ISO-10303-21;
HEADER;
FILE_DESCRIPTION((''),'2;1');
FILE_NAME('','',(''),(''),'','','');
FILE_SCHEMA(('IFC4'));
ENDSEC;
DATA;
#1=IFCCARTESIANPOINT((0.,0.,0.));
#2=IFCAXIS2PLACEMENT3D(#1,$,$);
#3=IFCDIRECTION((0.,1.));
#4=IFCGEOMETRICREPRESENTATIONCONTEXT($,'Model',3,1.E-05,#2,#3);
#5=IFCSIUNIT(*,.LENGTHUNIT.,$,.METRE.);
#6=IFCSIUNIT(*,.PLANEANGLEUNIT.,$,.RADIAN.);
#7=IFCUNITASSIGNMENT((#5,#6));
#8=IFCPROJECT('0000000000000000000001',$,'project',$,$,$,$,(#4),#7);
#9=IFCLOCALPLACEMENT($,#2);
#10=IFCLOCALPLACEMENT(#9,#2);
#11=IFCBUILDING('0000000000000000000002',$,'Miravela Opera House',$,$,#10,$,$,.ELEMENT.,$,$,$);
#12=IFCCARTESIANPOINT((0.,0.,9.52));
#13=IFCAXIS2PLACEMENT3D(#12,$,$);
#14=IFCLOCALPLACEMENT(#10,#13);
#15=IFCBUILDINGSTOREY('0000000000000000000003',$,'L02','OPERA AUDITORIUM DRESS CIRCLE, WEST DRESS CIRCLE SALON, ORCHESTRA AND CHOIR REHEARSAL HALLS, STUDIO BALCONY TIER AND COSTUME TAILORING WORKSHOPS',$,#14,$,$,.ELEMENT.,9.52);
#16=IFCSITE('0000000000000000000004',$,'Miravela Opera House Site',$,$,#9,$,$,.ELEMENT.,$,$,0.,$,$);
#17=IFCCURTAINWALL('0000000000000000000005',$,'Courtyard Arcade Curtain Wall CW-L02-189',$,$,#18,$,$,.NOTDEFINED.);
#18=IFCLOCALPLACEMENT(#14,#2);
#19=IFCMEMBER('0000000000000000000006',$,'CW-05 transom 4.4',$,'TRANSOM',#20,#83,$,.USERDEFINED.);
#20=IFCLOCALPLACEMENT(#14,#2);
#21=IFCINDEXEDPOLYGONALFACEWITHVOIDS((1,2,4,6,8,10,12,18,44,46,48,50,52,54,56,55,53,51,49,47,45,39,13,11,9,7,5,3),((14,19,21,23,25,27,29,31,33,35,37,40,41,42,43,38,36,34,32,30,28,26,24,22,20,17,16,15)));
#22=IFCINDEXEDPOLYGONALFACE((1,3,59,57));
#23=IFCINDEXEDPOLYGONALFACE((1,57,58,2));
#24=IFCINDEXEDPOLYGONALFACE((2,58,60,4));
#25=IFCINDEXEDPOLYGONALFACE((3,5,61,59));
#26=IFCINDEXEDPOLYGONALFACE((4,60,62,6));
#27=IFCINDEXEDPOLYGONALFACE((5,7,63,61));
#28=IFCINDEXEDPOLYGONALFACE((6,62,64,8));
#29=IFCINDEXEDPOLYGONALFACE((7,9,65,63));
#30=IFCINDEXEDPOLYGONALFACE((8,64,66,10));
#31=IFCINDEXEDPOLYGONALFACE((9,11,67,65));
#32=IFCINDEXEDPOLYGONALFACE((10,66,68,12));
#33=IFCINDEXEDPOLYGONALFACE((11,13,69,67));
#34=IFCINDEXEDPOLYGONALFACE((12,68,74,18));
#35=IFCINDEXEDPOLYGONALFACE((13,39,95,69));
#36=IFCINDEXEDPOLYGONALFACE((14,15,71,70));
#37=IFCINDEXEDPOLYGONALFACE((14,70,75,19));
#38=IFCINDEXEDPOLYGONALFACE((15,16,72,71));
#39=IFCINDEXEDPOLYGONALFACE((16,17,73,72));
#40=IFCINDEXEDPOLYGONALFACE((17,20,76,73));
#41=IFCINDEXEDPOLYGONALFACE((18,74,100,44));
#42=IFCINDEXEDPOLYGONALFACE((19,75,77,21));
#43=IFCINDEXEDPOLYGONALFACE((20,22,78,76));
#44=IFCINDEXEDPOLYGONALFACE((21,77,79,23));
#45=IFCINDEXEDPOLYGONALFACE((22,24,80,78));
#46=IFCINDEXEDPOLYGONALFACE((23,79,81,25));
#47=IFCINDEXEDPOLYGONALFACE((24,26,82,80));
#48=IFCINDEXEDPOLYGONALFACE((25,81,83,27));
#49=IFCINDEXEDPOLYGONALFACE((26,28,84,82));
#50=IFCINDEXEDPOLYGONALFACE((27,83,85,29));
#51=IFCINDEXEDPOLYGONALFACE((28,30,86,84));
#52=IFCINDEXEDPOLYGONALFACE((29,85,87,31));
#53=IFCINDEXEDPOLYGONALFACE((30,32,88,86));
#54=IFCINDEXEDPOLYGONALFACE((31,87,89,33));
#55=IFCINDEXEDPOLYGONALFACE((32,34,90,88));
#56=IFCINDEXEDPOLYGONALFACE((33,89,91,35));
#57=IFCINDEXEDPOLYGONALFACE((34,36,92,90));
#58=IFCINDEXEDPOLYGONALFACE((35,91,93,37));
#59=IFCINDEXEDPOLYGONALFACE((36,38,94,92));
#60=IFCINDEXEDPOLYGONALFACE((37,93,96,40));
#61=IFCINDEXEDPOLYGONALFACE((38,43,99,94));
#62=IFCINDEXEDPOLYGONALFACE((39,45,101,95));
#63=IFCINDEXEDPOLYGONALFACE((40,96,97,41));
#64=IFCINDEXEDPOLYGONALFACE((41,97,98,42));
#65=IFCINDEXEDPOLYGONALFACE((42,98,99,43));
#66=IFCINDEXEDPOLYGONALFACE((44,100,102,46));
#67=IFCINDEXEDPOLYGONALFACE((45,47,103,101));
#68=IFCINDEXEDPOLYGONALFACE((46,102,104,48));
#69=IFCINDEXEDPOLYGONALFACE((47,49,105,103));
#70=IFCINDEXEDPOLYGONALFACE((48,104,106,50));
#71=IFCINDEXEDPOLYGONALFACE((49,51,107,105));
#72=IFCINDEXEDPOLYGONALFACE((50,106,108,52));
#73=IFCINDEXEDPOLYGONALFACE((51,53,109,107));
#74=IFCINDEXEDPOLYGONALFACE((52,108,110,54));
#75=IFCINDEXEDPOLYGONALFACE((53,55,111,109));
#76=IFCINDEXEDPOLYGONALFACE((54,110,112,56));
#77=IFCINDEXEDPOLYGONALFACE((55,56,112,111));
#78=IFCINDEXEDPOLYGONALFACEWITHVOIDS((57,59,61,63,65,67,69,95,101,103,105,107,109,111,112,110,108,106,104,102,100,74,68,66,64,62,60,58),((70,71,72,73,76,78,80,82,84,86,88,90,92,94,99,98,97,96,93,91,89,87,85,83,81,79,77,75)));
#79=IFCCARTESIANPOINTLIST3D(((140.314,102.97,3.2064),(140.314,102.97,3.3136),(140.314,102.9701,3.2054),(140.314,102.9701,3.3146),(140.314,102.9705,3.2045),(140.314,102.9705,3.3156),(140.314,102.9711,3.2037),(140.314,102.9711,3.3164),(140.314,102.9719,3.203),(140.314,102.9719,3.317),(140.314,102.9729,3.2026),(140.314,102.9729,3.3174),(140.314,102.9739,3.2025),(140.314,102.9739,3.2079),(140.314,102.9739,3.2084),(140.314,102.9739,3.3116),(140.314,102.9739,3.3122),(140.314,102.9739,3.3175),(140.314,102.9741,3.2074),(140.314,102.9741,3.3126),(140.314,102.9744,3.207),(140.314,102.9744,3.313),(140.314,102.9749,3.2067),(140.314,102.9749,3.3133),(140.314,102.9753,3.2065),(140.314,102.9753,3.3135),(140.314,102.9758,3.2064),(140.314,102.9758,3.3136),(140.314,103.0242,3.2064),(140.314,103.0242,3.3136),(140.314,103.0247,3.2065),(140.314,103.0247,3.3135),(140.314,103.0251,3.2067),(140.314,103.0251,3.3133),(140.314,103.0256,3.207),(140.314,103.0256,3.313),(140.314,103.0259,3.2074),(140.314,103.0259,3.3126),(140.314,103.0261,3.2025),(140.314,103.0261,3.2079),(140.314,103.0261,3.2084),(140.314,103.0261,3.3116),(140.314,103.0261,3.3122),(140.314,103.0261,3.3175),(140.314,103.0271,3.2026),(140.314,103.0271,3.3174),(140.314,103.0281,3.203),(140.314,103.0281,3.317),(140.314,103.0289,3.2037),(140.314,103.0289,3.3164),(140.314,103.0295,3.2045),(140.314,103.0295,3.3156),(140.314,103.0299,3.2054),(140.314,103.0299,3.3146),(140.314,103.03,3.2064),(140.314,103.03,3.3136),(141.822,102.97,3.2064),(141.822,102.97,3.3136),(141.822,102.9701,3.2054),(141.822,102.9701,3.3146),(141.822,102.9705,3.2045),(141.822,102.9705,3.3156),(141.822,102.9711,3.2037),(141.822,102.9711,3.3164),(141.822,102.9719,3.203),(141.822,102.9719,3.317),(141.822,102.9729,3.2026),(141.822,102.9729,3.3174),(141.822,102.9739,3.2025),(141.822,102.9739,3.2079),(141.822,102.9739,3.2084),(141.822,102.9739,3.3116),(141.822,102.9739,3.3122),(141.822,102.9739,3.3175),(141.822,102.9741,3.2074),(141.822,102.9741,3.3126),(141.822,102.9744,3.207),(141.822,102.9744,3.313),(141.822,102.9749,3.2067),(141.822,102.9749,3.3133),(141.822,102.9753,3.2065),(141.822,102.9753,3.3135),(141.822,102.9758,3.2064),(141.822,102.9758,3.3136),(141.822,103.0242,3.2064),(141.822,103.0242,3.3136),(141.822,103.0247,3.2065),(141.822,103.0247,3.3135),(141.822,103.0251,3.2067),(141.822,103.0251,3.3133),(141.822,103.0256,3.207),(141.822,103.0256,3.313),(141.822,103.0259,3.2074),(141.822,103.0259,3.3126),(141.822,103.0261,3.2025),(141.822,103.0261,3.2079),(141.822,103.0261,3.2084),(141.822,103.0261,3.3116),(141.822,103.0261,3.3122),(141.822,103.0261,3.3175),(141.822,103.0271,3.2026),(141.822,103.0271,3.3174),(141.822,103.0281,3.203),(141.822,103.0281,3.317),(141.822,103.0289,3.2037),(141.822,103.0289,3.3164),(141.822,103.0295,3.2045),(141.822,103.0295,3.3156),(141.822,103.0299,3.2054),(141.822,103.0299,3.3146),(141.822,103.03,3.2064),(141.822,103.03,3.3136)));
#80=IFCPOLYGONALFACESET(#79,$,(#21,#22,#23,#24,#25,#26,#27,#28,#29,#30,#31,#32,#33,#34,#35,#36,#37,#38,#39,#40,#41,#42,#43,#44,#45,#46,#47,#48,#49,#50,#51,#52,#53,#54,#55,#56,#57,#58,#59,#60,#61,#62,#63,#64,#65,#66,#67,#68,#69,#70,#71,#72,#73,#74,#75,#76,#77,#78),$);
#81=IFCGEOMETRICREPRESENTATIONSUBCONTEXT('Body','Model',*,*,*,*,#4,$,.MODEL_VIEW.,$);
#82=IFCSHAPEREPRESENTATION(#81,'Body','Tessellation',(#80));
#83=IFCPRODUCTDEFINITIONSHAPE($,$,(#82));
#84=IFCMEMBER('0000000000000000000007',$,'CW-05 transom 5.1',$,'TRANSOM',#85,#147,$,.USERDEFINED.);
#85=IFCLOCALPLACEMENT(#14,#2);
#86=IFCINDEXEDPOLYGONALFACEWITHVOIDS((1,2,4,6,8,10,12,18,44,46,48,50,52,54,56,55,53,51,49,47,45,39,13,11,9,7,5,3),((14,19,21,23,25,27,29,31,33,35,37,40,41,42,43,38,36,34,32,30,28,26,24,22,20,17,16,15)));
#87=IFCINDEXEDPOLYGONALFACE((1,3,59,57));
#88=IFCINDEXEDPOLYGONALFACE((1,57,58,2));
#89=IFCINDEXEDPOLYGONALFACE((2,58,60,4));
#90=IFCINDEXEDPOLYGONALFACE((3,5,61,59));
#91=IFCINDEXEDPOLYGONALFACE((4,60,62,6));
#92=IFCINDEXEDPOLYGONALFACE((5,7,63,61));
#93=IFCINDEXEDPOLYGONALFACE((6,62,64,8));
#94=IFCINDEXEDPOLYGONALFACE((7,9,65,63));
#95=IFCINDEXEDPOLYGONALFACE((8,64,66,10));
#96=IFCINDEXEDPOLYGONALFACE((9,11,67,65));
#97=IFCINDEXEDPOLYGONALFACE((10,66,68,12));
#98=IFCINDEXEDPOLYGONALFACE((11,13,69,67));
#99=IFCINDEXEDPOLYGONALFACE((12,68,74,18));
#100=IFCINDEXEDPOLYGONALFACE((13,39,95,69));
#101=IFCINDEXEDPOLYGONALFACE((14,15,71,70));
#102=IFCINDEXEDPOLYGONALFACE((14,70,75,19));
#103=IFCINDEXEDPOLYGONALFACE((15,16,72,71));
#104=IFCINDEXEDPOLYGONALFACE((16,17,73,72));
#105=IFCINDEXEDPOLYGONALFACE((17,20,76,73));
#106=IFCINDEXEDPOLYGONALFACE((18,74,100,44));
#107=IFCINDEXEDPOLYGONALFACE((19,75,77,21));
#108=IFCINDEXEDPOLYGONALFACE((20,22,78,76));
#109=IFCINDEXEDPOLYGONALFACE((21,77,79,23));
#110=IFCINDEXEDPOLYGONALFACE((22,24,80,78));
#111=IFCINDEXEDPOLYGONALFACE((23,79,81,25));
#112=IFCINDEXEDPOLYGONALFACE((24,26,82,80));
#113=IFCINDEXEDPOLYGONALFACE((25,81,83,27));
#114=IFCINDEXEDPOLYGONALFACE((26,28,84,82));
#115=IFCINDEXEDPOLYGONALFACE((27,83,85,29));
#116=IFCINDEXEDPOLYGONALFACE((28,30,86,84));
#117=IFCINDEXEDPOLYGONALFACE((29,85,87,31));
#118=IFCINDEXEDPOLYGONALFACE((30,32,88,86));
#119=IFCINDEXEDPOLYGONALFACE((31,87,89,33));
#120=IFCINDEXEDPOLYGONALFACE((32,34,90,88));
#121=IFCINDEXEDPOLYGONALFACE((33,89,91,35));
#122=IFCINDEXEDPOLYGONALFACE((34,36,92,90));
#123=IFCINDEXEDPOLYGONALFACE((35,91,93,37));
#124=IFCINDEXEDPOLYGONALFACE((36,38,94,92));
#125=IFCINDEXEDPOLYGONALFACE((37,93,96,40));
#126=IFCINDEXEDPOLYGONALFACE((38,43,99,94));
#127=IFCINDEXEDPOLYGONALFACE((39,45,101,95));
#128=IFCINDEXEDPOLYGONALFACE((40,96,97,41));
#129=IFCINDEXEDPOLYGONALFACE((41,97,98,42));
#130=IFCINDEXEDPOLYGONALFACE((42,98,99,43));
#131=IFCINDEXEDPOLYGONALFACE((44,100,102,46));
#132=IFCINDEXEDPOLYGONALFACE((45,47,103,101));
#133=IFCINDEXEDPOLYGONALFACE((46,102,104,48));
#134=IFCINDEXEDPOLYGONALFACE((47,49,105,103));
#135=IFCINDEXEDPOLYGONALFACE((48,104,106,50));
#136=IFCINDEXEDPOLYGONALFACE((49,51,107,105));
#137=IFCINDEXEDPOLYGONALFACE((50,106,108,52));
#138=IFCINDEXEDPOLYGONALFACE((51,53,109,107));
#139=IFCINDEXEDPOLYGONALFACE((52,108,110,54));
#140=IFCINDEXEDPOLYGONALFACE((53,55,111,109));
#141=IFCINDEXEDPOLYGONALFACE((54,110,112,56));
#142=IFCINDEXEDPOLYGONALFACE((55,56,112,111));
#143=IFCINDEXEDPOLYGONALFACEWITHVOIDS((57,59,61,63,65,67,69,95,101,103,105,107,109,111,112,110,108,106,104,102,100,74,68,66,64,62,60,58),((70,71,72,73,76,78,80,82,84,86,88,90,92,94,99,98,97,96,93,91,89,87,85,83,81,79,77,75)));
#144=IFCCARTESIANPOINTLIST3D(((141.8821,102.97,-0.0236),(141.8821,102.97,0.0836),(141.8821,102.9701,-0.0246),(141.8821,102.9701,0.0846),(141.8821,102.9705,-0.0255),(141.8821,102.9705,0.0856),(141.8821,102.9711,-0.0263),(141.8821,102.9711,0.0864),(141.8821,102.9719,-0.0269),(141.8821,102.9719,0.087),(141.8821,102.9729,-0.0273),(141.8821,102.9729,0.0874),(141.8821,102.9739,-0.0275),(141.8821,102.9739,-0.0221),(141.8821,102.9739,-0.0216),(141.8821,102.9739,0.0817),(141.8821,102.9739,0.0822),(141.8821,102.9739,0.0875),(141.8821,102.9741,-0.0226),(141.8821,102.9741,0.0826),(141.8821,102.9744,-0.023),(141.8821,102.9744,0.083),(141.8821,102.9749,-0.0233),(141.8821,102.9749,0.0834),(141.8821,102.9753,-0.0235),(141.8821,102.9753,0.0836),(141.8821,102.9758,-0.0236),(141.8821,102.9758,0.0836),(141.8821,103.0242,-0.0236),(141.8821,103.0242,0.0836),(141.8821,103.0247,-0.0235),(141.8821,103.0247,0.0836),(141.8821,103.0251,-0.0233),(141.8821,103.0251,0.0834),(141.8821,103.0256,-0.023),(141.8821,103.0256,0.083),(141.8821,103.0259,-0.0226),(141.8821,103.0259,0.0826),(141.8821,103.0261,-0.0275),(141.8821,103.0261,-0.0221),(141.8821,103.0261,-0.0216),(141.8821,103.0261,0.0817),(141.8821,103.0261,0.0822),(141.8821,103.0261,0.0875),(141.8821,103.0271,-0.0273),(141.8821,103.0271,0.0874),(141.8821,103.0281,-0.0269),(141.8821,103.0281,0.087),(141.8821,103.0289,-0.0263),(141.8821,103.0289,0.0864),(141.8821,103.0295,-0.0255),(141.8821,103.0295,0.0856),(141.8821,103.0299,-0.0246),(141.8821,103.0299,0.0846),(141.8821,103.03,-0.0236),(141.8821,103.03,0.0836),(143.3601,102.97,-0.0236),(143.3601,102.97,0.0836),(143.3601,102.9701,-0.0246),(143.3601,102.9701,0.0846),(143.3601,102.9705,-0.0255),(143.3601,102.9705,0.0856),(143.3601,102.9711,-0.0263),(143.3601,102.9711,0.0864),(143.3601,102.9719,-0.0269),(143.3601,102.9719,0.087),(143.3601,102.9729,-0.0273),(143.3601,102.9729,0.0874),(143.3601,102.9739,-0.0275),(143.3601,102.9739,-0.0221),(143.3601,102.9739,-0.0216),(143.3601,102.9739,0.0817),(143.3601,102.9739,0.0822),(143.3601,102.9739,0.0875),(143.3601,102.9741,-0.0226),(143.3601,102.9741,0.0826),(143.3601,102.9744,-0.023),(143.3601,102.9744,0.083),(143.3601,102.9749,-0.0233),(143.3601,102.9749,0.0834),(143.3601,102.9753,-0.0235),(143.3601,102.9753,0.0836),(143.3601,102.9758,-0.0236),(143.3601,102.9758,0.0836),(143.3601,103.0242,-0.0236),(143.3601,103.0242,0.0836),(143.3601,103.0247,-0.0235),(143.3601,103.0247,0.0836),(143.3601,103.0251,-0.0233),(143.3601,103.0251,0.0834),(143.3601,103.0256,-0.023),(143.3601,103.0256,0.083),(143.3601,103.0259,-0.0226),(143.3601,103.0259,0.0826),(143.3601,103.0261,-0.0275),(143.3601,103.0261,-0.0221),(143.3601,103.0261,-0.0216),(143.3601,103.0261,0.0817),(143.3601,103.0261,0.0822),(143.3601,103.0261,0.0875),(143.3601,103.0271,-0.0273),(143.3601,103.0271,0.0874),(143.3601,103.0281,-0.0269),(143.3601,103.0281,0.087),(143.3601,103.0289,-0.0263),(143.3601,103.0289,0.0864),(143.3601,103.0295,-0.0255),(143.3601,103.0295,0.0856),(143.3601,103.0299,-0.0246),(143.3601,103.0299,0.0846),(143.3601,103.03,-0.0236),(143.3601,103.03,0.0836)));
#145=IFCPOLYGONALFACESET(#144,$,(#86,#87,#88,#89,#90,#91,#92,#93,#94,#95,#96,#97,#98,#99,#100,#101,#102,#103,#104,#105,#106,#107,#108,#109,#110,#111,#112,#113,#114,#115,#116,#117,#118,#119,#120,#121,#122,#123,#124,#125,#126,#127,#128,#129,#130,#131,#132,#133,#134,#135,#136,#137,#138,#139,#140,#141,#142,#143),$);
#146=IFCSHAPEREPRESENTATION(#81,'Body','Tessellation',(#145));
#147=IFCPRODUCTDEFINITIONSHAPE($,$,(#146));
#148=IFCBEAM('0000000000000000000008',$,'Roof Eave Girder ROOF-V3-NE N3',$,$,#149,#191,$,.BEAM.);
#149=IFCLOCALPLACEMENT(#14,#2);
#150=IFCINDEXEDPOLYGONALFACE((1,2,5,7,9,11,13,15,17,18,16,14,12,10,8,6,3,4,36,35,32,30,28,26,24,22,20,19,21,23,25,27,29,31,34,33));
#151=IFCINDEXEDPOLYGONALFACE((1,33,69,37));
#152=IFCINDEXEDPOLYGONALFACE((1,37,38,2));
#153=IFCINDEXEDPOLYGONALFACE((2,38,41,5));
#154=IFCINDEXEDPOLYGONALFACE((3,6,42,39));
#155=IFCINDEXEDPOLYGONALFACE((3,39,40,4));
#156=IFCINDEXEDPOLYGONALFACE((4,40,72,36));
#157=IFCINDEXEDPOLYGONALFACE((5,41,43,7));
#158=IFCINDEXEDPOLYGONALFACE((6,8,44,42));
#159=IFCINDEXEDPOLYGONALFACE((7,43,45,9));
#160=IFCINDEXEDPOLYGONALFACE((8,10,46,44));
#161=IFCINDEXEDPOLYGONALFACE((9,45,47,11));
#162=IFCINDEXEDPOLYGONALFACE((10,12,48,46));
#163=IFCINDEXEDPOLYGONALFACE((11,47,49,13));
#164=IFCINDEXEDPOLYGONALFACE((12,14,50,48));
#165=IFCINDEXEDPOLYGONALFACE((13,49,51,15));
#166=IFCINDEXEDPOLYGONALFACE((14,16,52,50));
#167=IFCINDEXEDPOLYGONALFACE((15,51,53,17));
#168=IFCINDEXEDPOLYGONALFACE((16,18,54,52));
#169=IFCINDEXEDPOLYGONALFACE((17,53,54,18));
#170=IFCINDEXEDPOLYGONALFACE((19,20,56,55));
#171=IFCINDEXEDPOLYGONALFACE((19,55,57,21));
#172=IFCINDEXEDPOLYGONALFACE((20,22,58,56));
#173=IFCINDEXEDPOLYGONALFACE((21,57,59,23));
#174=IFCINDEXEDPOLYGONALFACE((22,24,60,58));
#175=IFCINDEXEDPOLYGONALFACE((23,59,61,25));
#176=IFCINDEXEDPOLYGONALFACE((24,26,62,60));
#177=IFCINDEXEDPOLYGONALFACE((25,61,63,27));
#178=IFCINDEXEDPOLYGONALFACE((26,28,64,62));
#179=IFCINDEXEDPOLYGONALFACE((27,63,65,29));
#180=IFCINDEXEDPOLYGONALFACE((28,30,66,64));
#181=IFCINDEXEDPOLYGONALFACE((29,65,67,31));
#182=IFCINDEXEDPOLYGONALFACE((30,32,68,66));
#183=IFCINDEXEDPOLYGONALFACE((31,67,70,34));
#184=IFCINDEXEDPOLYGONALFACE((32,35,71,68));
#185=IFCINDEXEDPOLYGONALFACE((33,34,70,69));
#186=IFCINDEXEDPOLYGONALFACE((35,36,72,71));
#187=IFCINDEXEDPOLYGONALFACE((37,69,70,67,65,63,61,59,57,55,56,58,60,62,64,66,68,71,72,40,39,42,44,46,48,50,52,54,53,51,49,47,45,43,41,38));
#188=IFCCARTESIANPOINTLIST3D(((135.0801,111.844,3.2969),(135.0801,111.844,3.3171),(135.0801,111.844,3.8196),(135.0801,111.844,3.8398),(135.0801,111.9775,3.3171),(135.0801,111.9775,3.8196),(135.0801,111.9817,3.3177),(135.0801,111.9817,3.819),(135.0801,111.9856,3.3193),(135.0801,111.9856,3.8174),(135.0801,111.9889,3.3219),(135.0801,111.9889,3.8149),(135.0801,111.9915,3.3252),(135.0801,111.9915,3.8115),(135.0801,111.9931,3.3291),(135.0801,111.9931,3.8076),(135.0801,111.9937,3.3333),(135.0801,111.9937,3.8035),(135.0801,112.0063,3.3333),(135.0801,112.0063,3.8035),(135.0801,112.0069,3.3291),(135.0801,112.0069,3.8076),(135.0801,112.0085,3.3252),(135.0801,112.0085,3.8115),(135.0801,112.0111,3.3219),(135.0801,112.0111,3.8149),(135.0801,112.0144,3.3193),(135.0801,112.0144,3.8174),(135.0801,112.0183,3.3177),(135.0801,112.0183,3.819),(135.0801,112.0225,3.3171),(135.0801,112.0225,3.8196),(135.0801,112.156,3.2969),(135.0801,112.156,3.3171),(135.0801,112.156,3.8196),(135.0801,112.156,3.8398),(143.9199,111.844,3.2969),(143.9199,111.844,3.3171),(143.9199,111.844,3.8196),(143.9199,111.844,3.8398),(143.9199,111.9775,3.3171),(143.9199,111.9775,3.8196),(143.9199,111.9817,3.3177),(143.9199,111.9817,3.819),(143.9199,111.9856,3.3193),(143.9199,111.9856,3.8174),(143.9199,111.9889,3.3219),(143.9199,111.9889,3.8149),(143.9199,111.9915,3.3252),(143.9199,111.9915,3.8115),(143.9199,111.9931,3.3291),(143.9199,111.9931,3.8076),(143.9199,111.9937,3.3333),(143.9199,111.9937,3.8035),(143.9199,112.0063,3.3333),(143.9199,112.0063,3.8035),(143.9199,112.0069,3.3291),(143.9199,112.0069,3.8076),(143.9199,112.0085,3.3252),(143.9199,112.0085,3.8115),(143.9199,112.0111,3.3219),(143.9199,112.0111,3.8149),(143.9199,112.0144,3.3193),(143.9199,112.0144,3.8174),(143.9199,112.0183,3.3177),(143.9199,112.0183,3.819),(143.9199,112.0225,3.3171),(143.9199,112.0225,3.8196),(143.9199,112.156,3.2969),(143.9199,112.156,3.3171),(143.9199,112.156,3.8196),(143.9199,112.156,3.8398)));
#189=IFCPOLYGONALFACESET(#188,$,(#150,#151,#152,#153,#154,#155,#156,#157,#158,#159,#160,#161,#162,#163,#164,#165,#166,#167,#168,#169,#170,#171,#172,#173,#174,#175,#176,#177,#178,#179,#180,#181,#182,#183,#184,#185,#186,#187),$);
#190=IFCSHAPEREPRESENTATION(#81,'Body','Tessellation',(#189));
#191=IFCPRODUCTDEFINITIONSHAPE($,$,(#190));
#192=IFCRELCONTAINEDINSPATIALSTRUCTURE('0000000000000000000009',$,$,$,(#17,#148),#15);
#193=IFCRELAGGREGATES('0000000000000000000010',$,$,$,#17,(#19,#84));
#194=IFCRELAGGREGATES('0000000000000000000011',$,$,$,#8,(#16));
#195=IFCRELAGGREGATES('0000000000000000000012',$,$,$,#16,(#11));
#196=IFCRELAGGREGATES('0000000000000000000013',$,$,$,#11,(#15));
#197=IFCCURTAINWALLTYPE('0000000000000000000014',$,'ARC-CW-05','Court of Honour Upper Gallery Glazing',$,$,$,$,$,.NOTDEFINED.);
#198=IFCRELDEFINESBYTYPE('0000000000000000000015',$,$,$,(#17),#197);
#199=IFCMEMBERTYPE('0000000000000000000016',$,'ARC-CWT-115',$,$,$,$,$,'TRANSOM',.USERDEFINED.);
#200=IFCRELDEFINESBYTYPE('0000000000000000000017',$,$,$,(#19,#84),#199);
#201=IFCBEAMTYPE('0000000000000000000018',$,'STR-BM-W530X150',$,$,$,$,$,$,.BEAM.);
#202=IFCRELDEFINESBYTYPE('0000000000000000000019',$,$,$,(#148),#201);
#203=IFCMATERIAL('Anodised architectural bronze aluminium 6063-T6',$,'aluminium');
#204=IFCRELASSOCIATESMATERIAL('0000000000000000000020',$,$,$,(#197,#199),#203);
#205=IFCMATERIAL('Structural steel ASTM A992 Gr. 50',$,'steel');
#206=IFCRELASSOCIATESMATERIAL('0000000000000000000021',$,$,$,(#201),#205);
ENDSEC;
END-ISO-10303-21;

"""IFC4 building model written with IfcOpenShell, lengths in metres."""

from ifc_helpers import new_model, si_unit, direction, frame, origin, origin_2d, place, context, subcontext, project, spatial, hollow_rectangle, i_section, extrude, material, material_profile, profile_set, type_object, element, aggregate, save


model = new_model("IFC4")

# Units and contexts
model_context = context("Model", 3, precision=1e-05, world=origin(), true_north=direction((0.0, 1.0)))
body_context = subcontext(model_context, "Body", "Model", "MODEL_VIEW")
ifc_project = project(units=[si_unit("LENGTHUNIT", "METRE"), si_unit("PLANEANGLEUNIT", "RADIAN")], contexts=[model_context])

# Site, building, storey
site_placement = place(None, origin())
site = spatial("IfcSite", under=ifc_project, at=site_placement, Name="Miravela Opera House Site", CompositionType="ELEMENT", RefElevation=0.0)
building_placement = place(site_placement, origin())
building = spatial("IfcBuilding", under=site, at=building_placement, Name="Miravela Opera House", CompositionType="ELEMENT")
storey_placement = place(building_placement, frame((0.0, 0.0, 9.52)))
storey = spatial("IfcBuildingStorey", under=building, at=storey_placement, Name="L02", Description="OPERA AUDITORIUM DRESS CIRCLE, WEST DRESS CIRCLE SALON, ORCHESTRA AND CHOIR REHEARSAL HALLS, STUDIO BALCONY TIER AND COSTUME TAILORING WORKSHOPS", CompositionType="ELEMENT", Elevation=9.52)

# Curtain wall, members
ifc_material_1 = material(Name="Anodised architectural bronze aluminium 6063-T6", Category="aluminium")
curtain_wall_type = type_object("IfcCurtainWallType", Name="ARC-CW-05", Description="Court of Honour Upper Gallery Glazing", PredefinedType="NOTDEFINED", material=ifc_material_1)
curtain_wall_placement = place(storey_placement, origin())
curtain_wall = element("IfcCurtainWall", 1, at=curtain_wall_placement, inside=storey, type_object=curtain_wall_type, Name="Courtyard Arcade Curtain Wall CW-L02-189", PredefinedType="NOTDEFINED")
ifc_material_profile_1 = material_profile(ifc_material_1, hollow_rectangle(XDim=0.0601, YDim=0.115, WallThickness=0.0039, InnerFilletRadius=0.002, OuterFilletRadius=0.0039, at=origin_2d()), Name="CWT-60X115")
ifc_profile_set_1 = profile_set([ifc_material_profile_1])
member_type_1 = type_object("IfcMemberType", Name="ARC-CWT-115", ElementType="TRANSOM", PredefinedType="USERDEFINED", material=ifc_profile_set_1)
member_1_placement = place(storey_placement, frame((140.314, 103.0, 3.26), z_axis=(1.0, 0.0, 0.0), x_axis=(0.0, 1.0, 0.0)))
member_1 = element("IfcMember", 2, at=member_1_placement, type_object=member_type_1, Name="CW-05 transom 4.4", ObjectType="TRANSOM", PredefinedType="USERDEFINED", context=body_context, shape_type="SweptSolid", body=[
    extrude(hollow_rectangle(XDim=0.0601, YDim=0.115, WallThickness=0.0039, InnerFilletRadius=0.002, OuterFilletRadius=0.0039, at=origin_2d()), origin(), (0.0, 0.0, 1.0), 1.5081),
])
member_2_placement = place(storey_placement, frame((141.8821, 103.0, 0.03), z_axis=(1.0, 0.0, 0.0), x_axis=(0.0, 1.0, 0.0)))
member_2 = element("IfcMember", 3, at=member_2_placement, type_object=member_type_1, Name="CW-05 transom 5.1", ObjectType="TRANSOM", PredefinedType="USERDEFINED", context=body_context, shape_type="SweptSolid", body=[
    extrude(hollow_rectangle(XDim=0.0601, YDim=0.115, WallThickness=0.0039, InnerFilletRadius=0.002, OuterFilletRadius=0.0039, at=origin_2d()), origin(), (0.0, 0.0, 1.0), 1.478),
])

# Beam
ifc_material_2 = material(Name="Structural steel ASTM A992 Gr. 50", Category="steel")
ifc_material_profile_2 = material_profile(ifc_material_2, i_section(OverallWidth=0.312, OverallDepth=0.543, WebThickness=0.0127, FlangeThickness=0.0203, FilletRadius=0.0161, at=origin_2d()), Name="W530X150")
ifc_profile_set_2 = profile_set([ifc_material_profile_2])
beam_type = type_object("IfcBeamType", Name="STR-BM-W530X150", PredefinedType="BEAM", material=ifc_profile_set_2)
for number, where, z_axis, x_axis, name in (
    (4, (135.0801, 112.0, 3.5684), (1.0, 0.0, 0.0), (0.0, 1.0, 0.0), "Roof Eave Girder ROOF-V3-NE N3"),
):
    element("IfcBeam", number, at=place(storey_placement, frame(where, z_axis=z_axis, x_axis=x_axis)), inside=storey, type_object=beam_type, Name=name, PredefinedType="BEAM", context=body_context, shape_type="SweptSolid", body=[
        extrude(i_section(OverallWidth=0.312, OverallDepth=0.543, WebThickness=0.0127, FlangeThickness=0.0203, FilletRadius=0.0161, at=origin_2d()), origin(), (0.0, 0.0, 1.0), 8.8398),
    ])

aggregate(curtain_wall, [member_1, member_2])

save(model, "model.ifc")
